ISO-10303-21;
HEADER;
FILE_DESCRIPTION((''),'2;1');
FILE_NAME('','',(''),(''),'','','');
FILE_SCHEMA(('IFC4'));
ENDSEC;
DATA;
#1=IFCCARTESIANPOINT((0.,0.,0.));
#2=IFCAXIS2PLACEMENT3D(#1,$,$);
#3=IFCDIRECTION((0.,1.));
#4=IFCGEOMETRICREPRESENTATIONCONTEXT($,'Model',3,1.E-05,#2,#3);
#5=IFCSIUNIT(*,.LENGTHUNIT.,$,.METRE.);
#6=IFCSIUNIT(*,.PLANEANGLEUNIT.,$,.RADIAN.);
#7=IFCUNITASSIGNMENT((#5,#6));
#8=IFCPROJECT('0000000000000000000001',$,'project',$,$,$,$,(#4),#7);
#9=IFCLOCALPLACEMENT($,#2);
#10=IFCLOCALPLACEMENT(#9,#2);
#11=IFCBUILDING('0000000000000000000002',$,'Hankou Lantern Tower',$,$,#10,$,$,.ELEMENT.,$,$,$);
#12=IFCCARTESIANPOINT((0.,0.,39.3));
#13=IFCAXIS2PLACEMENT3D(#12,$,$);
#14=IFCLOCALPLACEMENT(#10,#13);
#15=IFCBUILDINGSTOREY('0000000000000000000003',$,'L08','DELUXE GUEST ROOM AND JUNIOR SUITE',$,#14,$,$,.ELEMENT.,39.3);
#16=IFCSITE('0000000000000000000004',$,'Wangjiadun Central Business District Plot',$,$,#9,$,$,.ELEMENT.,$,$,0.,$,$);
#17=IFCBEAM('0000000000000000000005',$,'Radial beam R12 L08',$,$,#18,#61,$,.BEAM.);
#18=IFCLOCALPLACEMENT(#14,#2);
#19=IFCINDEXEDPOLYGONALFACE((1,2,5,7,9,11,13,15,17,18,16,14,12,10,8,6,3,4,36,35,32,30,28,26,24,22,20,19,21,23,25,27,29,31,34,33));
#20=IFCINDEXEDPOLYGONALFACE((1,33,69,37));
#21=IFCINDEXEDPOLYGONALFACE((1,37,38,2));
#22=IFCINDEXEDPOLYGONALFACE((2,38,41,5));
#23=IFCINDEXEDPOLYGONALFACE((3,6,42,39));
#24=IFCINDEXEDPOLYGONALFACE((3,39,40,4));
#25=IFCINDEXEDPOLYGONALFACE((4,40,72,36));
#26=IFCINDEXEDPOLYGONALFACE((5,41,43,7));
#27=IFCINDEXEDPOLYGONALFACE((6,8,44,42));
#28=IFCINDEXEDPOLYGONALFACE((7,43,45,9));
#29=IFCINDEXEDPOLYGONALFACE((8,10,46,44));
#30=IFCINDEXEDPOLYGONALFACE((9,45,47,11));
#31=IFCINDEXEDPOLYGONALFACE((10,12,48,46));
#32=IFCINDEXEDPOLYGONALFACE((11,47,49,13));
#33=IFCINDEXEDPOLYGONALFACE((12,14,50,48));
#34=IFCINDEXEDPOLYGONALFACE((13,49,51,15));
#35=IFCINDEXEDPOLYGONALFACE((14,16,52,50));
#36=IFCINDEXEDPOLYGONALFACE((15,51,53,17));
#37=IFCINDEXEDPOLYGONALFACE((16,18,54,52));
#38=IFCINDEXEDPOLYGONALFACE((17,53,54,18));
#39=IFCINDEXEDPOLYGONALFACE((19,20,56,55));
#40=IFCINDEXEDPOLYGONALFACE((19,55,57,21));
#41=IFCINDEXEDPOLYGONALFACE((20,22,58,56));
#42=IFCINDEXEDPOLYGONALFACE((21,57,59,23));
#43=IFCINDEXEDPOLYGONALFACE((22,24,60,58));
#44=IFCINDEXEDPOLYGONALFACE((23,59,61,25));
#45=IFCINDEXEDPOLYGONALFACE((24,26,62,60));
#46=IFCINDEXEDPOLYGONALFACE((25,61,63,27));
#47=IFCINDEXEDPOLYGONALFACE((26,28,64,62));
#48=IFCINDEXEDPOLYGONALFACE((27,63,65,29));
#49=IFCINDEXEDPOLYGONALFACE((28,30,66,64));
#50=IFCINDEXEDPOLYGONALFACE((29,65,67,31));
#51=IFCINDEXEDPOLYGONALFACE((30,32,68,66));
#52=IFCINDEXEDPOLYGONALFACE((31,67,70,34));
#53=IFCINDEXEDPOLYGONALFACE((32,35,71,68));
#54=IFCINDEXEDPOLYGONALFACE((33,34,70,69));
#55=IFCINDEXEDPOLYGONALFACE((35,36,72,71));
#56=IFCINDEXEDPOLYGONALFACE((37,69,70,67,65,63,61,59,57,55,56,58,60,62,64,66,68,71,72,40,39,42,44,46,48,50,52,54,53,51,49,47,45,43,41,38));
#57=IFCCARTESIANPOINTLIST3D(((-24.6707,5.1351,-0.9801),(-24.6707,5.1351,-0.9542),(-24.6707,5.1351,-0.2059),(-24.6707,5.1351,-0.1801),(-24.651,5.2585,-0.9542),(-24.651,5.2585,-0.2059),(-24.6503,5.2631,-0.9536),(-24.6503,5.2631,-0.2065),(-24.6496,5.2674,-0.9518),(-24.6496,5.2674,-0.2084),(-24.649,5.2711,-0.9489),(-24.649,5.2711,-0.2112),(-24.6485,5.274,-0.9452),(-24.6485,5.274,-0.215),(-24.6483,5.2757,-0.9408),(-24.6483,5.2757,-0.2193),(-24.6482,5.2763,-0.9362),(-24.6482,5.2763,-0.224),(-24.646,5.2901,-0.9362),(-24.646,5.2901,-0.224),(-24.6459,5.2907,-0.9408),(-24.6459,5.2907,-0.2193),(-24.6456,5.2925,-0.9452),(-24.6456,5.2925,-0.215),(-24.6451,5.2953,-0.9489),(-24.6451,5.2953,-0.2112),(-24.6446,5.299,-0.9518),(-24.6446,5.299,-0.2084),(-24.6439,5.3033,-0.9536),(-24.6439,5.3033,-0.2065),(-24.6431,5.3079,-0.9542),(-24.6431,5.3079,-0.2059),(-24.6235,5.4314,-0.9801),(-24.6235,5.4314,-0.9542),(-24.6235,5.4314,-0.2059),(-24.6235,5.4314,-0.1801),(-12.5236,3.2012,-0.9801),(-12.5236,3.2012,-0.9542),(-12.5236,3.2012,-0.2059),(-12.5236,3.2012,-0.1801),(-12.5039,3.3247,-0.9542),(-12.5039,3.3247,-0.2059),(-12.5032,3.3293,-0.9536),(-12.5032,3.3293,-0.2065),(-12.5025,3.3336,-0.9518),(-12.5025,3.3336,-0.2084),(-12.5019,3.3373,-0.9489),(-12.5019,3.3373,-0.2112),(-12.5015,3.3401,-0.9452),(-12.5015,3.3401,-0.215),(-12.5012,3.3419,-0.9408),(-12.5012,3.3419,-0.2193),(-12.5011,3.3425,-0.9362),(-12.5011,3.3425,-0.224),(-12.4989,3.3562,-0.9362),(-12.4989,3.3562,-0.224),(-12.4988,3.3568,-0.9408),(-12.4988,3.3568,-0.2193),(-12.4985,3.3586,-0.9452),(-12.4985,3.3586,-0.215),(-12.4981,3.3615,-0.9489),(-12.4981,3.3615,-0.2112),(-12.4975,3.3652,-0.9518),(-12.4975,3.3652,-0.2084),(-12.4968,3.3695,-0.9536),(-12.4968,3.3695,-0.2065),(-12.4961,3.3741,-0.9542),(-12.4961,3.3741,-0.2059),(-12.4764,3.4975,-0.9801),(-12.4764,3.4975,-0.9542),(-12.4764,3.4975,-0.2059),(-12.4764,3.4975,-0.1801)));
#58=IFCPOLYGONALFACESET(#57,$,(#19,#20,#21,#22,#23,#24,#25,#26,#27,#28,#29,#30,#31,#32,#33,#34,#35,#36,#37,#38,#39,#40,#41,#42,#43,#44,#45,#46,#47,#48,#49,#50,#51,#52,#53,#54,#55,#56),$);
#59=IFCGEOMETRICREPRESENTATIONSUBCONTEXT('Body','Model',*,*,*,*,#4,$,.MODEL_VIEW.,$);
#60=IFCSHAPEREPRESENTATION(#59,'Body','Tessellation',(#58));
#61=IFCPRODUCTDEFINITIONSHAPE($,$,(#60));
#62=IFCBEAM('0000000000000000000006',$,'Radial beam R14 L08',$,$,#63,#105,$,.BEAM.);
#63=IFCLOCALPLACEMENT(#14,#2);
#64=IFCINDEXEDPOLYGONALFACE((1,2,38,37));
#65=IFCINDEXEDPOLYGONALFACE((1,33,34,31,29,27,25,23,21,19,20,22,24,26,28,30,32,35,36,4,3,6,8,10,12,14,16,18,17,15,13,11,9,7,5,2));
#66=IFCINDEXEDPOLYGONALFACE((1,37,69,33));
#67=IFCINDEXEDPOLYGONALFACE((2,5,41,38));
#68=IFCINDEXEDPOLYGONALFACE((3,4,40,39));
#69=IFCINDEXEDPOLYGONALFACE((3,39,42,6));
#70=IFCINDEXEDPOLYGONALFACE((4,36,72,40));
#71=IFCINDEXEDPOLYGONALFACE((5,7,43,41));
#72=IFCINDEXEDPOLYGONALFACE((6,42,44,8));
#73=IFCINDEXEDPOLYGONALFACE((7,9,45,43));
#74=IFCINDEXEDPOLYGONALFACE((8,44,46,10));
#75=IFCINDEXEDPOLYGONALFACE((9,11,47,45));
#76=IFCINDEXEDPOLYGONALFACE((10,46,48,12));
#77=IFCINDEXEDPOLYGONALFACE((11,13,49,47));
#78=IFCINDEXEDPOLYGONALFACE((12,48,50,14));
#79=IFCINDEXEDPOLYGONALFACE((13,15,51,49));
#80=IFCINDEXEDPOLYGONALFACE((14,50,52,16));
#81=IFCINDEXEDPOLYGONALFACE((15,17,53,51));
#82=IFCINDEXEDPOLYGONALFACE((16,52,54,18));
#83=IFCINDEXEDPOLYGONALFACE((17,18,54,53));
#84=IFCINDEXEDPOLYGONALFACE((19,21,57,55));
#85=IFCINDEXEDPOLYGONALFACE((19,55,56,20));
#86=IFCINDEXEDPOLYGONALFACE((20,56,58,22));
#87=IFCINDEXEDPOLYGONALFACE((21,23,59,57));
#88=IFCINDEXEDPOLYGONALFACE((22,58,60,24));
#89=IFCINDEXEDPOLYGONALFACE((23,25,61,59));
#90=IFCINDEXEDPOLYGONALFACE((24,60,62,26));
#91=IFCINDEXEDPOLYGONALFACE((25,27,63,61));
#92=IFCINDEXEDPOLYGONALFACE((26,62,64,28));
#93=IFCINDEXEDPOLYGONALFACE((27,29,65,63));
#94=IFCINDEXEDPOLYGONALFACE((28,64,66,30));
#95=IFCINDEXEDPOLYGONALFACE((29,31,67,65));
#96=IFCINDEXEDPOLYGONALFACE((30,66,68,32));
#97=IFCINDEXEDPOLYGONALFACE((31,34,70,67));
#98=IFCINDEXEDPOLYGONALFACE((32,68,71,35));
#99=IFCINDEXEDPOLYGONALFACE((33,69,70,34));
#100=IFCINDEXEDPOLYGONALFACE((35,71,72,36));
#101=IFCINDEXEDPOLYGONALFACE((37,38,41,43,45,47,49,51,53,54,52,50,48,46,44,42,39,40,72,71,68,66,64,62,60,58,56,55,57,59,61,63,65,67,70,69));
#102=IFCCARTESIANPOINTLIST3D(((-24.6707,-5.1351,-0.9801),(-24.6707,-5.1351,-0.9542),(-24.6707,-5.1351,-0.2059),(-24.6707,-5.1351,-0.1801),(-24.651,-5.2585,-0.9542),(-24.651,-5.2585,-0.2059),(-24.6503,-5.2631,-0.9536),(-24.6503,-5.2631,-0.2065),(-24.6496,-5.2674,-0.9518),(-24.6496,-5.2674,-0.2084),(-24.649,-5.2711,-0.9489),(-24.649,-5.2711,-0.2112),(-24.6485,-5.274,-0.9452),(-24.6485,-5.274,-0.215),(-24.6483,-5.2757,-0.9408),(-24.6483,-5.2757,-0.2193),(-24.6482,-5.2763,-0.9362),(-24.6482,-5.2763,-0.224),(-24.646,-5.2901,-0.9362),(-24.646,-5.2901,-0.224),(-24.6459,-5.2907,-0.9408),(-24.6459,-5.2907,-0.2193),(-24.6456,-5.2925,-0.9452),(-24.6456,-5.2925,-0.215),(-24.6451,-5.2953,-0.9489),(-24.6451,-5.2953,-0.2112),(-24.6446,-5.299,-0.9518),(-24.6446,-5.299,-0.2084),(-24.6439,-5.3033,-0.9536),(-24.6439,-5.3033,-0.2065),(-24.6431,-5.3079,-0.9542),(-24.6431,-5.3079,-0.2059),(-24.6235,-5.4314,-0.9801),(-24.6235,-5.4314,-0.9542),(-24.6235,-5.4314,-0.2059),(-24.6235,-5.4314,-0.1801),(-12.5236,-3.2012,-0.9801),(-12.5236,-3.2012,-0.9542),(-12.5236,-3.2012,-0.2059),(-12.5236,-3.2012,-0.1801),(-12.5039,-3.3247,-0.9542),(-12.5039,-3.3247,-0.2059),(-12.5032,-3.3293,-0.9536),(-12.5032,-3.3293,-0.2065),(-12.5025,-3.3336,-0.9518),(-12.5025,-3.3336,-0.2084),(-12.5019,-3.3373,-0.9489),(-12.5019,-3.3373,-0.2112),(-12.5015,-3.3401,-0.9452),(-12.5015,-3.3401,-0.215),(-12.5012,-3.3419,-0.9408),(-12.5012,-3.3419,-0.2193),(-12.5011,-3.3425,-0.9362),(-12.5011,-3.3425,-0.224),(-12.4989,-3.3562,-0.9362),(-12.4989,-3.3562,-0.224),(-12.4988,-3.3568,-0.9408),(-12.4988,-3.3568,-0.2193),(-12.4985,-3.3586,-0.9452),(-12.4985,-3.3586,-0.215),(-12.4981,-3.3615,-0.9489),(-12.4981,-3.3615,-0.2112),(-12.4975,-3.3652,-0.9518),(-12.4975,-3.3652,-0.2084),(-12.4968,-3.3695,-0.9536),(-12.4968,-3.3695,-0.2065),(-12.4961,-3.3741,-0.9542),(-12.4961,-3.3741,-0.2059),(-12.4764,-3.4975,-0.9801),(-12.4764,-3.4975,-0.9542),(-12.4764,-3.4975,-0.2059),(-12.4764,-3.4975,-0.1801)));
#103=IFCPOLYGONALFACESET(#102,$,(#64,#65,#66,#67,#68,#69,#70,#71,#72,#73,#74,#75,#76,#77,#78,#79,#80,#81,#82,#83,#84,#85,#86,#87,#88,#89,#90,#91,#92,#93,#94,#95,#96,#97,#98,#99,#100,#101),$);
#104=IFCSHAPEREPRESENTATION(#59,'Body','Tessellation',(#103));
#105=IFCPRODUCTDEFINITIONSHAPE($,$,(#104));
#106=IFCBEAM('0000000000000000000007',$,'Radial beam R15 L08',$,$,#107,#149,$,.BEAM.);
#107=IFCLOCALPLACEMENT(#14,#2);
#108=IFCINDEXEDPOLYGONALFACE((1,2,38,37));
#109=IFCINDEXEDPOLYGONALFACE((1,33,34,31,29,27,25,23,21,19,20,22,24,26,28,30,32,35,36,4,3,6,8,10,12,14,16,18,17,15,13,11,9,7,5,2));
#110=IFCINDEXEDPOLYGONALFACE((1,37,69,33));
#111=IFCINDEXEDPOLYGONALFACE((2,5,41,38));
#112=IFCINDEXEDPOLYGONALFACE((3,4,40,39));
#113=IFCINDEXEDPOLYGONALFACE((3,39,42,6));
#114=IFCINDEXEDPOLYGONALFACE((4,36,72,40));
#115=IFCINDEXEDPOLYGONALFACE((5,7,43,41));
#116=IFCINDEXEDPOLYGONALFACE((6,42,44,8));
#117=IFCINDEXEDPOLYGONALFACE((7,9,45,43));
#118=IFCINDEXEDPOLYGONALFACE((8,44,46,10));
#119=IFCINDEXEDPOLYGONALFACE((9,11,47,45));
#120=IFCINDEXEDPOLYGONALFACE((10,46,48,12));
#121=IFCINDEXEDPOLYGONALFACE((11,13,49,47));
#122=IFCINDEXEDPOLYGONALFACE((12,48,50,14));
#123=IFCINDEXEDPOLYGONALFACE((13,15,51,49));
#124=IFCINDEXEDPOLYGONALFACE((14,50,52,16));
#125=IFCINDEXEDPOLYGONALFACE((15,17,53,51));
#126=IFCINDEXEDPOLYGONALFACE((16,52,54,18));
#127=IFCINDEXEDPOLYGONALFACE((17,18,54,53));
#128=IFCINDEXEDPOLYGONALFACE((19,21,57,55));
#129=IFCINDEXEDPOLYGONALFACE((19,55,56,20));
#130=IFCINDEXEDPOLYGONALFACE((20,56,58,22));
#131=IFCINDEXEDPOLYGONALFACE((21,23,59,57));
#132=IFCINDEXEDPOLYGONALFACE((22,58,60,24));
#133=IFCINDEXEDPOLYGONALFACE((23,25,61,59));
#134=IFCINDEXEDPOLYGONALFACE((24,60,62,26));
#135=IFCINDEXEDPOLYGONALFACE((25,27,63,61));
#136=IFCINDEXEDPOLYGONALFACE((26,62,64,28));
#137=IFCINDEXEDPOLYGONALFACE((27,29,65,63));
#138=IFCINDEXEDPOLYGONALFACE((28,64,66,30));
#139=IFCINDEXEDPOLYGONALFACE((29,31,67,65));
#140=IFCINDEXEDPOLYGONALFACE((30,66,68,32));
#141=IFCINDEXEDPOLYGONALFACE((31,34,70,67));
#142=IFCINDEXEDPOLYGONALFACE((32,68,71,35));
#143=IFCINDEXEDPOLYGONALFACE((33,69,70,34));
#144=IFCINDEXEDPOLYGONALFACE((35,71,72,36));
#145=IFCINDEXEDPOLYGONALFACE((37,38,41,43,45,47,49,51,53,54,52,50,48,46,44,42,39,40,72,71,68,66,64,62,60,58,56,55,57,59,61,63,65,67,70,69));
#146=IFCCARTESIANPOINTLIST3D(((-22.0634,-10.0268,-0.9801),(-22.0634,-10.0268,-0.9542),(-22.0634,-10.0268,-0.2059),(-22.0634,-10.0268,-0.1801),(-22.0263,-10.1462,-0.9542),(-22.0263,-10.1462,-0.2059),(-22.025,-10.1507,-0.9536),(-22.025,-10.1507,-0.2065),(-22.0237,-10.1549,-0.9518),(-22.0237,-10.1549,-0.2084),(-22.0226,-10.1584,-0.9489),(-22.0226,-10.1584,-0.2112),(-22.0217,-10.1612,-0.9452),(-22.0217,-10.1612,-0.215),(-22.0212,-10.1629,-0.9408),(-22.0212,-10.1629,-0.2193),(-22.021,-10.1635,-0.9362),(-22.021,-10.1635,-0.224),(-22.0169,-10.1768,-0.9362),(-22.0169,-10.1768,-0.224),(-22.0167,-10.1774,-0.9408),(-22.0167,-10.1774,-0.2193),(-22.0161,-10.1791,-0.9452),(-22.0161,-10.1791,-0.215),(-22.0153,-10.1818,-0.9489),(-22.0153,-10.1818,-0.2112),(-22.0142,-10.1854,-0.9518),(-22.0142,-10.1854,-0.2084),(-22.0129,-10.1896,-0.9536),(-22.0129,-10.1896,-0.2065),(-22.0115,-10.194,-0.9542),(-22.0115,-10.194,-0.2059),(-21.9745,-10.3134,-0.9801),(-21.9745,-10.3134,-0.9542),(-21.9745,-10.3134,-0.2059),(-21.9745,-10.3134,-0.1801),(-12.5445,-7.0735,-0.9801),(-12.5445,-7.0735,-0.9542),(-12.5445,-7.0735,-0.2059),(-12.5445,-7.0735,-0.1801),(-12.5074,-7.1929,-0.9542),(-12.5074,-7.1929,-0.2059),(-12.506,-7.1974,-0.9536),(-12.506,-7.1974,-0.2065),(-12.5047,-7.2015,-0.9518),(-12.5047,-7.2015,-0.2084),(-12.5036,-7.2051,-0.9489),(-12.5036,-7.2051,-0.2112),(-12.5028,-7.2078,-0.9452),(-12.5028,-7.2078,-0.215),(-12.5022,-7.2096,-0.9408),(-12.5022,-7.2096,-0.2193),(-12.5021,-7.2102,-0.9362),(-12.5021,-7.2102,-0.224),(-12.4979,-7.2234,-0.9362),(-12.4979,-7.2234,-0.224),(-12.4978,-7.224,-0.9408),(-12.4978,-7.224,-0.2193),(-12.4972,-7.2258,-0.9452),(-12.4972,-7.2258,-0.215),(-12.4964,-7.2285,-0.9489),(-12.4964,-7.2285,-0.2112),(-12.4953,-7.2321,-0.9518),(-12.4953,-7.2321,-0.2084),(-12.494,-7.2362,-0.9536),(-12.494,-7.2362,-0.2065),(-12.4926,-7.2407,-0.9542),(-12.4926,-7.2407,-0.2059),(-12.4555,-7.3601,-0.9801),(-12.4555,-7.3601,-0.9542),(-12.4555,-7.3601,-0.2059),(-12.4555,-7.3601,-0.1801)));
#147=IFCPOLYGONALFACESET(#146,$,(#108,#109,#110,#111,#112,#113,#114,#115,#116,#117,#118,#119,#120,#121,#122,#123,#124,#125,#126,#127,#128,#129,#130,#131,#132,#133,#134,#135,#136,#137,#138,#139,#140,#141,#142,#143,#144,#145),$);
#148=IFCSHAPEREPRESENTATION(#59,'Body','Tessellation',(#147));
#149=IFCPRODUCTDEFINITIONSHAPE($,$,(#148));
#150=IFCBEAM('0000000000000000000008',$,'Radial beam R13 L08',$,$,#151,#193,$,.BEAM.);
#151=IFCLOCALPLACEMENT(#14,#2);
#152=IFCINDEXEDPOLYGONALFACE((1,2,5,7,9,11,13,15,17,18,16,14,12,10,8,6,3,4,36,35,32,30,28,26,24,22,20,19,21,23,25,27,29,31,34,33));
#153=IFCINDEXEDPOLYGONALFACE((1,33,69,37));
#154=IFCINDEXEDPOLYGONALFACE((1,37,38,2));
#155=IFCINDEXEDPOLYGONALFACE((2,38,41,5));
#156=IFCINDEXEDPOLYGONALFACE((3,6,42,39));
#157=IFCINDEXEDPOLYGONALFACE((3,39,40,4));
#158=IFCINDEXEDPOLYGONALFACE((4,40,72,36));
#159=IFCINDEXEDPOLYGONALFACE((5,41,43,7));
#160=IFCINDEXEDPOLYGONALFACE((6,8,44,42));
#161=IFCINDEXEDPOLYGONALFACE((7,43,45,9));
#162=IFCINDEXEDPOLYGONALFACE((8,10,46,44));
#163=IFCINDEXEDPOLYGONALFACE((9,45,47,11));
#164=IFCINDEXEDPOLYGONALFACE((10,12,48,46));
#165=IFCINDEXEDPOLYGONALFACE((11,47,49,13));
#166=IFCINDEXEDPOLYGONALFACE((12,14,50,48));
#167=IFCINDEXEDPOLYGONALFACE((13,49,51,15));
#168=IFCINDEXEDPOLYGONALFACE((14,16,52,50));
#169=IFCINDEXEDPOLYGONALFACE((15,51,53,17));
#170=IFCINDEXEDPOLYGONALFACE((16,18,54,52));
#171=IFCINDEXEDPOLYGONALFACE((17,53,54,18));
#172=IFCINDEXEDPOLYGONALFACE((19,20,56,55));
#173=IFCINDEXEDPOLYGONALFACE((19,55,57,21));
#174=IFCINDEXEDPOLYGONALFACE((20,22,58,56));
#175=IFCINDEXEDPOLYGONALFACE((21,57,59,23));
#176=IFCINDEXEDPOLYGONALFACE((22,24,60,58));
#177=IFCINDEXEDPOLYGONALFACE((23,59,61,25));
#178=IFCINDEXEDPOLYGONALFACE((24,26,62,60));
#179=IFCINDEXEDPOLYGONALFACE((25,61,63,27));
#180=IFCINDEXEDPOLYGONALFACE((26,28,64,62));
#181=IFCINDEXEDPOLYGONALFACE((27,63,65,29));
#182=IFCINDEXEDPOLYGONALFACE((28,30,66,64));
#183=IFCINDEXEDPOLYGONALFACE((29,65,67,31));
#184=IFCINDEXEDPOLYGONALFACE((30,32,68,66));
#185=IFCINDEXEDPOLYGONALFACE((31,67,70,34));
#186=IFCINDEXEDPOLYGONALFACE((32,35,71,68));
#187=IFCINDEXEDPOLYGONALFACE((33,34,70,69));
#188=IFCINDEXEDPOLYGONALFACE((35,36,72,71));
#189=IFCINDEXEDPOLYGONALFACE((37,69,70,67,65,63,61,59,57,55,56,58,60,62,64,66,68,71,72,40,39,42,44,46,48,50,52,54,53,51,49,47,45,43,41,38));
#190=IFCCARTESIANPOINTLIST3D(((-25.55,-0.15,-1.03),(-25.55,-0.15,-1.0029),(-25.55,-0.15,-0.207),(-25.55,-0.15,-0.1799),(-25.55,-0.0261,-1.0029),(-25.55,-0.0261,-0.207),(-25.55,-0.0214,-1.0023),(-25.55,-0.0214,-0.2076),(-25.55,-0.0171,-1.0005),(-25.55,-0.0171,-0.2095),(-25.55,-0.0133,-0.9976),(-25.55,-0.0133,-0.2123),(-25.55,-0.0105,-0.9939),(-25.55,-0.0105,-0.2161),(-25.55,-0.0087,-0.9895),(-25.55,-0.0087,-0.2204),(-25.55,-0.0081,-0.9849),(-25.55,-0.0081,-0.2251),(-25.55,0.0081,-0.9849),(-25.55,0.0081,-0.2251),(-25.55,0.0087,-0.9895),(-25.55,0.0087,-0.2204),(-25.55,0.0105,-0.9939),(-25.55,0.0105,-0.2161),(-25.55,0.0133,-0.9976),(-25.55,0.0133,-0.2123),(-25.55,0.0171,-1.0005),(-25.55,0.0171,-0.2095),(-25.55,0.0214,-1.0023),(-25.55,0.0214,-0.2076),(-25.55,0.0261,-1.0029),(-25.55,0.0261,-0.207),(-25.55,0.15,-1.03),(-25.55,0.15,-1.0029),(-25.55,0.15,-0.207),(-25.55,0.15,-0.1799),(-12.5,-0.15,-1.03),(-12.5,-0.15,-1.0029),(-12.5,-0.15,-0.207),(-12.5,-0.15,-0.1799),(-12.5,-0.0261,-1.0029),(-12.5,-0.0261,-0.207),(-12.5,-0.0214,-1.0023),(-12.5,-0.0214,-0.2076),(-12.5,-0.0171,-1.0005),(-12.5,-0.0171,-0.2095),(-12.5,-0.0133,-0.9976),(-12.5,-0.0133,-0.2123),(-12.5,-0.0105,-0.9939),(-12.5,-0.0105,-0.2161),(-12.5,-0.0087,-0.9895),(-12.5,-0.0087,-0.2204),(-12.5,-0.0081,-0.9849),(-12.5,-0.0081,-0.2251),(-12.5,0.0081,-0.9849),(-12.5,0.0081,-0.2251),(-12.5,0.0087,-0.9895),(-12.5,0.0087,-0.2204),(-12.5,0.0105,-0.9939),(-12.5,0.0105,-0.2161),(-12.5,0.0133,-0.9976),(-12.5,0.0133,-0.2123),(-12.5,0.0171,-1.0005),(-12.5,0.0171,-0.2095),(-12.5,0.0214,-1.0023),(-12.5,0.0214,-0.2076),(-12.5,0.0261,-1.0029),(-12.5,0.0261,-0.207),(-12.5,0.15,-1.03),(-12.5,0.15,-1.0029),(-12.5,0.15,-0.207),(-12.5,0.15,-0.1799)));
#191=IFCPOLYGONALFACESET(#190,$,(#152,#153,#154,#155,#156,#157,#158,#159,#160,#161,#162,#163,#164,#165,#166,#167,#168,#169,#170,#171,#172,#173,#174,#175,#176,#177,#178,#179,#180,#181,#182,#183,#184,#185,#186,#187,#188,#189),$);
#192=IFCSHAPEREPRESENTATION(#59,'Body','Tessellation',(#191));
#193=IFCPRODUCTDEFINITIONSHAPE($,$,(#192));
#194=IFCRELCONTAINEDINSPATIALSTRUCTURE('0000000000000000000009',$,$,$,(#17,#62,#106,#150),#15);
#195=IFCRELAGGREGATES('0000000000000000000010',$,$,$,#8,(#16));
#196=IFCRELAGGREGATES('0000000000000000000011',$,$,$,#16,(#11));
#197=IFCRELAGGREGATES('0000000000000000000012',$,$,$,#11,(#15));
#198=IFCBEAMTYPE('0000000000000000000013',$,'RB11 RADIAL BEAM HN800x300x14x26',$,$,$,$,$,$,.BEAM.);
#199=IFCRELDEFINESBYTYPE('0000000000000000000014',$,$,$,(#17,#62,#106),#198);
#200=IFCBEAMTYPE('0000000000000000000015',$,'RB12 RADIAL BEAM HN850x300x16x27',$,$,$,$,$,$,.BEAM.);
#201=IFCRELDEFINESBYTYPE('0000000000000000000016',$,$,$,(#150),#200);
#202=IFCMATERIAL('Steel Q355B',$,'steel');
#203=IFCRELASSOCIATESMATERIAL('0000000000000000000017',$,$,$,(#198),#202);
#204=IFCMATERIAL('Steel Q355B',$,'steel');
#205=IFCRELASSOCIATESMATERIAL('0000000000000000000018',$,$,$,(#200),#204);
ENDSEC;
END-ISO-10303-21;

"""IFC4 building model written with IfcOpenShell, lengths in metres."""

from ifc_helpers import new_model, si_unit, direction, frame, origin, origin_2d, place, context, subcontext, project, spatial, i_section, extrude, material, material_profile, profile_set, type_object, element, save


model = new_model("IFC4")

# Units and contexts
model_context = context("Model", 3, precision=1e-05, world=origin(), true_north=direction((0.0, 1.0)))
body_context = subcontext(model_context, "Body", "Model", "MODEL_VIEW")
ifc_project = project(units=[si_unit("LENGTHUNIT", "METRE"), si_unit("PLANEANGLEUNIT", "RADIAN")], contexts=[model_context])

# Site, building, storey
site_placement = place(None, origin())
site = spatial("IfcSite", under=ifc_project, at=site_placement, Name="Wangjiadun Central Business District Plot", CompositionType="ELEMENT", RefElevation=0.0)
building_placement = place(site_placement, origin())
building = spatial("IfcBuilding", under=site, at=building_placement, Name="Hankou Lantern Tower", CompositionType="ELEMENT")
storey_placement = place(building_placement, frame((0.0, 0.0, 39.3)))
storey = spatial("IfcBuildingStorey", under=building, at=storey_placement, Name="L08", Description="DELUXE GUEST ROOM AND JUNIOR SUITE", CompositionType="ELEMENT", Elevation=39.3)

# Beams
ifc_material_1 = material(Name="Steel Q355B", Category="steel")
ifc_material_profile_1 = material_profile(ifc_material_1, i_section(OverallWidth=0.3, OverallDepth=0.8, WebThickness=0.0139, FlangeThickness=0.0259, FilletRadius=0.0181, at=origin_2d()), Name="HN800x300x14x26")
ifc_profile_set_1 = profile_set([ifc_material_profile_1], Name="Steel Q355B")
beam_type_1 = type_object("IfcBeamType", Name="RB11 RADIAL BEAM HN800x300x14x26", PredefinedType="BEAM", material=ifc_profile_set_1)
for number, where, z_axis, x_axis, name in (
    (1, (-12.5, 3.3494, -0.5801), (-0.987563, 0.157223, 0.0), (-0.157223, -0.987563, 0.0), "Radial beam R12 L08"),
    (2, (-12.5, -3.3494, -0.5801), (-0.987563, -0.157223, 0.0), (0.157223, -0.987563, 0.0), "Radial beam R14 L08"),
):
    element("IfcBeam", number, at=place(storey_placement, frame(where, z_axis=z_axis, x_axis=x_axis)), inside=storey, type_object=beam_type_1, Name=name, PredefinedType="BEAM", context=body_context, shape_type="SweptSolid", body=[
        extrude(i_section(OverallWidth=0.3, OverallDepth=0.8, WebThickness=0.0139, FlangeThickness=0.0259, FilletRadius=0.0181, at=origin_2d()), origin(), (0.0, 0.0, 1.0), 12.3),
    ])
beam_1_placement = place(storey_placement, frame((-12.5, -7.2168, -0.5801), z_axis=(-0.955087, -0.296324, 0.0), x_axis=(0.296324, -0.955087, 0.0)))
element("IfcBeam", 3, at=beam_1_placement, inside=storey, type_object=beam_type_1, Name="Radial beam R15 L08", PredefinedType="BEAM", context=body_context, shape_type="SweptSolid", body=[
    extrude(i_section(OverallWidth=0.3, OverallDepth=0.8, WebThickness=0.0139, FlangeThickness=0.0259, FilletRadius=0.0181, at=origin_2d()), origin(), (0.0, 0.0, 1.0), 9.9666),
])
ifc_material_2 = material(Name="Steel Q355B", Category="steel")
ifc_material_profile_2 = material_profile(ifc_material_2, i_section(OverallWidth=0.3, OverallDepth=0.8501, WebThickness=0.0161, FlangeThickness=0.0271, FilletRadius=0.0181, at=origin_2d()), Name="HN850x300x16x27")
ifc_profile_set_2 = profile_set([ifc_material_profile_2], Name="Steel Q355B")
beam_type_2 = type_object("IfcBeamType", Name="RB12 RADIAL BEAM HN850x300x16x27", PredefinedType="BEAM", material=ifc_profile_set_2)
beam_2_placement = place(storey_placement, frame((-12.5, 0.0, -0.605), z_axis=(-1.0, 0.0, 0.0), x_axis=(0.0, -1.0, 0.0)))
element("IfcBeam", 4, at=beam_2_placement, inside=storey, type_object=beam_type_2, Name="Radial beam R13 L08", PredefinedType="BEAM", context=body_context, shape_type="SweptSolid", body=[
    extrude(i_section(OverallWidth=0.3, OverallDepth=0.8501, WebThickness=0.0161, FlangeThickness=0.0271, FilletRadius=0.0181, at=origin_2d()), origin(), (0.0, 0.0, 1.0), 13.05),
])

save(model, "model.ifc")
